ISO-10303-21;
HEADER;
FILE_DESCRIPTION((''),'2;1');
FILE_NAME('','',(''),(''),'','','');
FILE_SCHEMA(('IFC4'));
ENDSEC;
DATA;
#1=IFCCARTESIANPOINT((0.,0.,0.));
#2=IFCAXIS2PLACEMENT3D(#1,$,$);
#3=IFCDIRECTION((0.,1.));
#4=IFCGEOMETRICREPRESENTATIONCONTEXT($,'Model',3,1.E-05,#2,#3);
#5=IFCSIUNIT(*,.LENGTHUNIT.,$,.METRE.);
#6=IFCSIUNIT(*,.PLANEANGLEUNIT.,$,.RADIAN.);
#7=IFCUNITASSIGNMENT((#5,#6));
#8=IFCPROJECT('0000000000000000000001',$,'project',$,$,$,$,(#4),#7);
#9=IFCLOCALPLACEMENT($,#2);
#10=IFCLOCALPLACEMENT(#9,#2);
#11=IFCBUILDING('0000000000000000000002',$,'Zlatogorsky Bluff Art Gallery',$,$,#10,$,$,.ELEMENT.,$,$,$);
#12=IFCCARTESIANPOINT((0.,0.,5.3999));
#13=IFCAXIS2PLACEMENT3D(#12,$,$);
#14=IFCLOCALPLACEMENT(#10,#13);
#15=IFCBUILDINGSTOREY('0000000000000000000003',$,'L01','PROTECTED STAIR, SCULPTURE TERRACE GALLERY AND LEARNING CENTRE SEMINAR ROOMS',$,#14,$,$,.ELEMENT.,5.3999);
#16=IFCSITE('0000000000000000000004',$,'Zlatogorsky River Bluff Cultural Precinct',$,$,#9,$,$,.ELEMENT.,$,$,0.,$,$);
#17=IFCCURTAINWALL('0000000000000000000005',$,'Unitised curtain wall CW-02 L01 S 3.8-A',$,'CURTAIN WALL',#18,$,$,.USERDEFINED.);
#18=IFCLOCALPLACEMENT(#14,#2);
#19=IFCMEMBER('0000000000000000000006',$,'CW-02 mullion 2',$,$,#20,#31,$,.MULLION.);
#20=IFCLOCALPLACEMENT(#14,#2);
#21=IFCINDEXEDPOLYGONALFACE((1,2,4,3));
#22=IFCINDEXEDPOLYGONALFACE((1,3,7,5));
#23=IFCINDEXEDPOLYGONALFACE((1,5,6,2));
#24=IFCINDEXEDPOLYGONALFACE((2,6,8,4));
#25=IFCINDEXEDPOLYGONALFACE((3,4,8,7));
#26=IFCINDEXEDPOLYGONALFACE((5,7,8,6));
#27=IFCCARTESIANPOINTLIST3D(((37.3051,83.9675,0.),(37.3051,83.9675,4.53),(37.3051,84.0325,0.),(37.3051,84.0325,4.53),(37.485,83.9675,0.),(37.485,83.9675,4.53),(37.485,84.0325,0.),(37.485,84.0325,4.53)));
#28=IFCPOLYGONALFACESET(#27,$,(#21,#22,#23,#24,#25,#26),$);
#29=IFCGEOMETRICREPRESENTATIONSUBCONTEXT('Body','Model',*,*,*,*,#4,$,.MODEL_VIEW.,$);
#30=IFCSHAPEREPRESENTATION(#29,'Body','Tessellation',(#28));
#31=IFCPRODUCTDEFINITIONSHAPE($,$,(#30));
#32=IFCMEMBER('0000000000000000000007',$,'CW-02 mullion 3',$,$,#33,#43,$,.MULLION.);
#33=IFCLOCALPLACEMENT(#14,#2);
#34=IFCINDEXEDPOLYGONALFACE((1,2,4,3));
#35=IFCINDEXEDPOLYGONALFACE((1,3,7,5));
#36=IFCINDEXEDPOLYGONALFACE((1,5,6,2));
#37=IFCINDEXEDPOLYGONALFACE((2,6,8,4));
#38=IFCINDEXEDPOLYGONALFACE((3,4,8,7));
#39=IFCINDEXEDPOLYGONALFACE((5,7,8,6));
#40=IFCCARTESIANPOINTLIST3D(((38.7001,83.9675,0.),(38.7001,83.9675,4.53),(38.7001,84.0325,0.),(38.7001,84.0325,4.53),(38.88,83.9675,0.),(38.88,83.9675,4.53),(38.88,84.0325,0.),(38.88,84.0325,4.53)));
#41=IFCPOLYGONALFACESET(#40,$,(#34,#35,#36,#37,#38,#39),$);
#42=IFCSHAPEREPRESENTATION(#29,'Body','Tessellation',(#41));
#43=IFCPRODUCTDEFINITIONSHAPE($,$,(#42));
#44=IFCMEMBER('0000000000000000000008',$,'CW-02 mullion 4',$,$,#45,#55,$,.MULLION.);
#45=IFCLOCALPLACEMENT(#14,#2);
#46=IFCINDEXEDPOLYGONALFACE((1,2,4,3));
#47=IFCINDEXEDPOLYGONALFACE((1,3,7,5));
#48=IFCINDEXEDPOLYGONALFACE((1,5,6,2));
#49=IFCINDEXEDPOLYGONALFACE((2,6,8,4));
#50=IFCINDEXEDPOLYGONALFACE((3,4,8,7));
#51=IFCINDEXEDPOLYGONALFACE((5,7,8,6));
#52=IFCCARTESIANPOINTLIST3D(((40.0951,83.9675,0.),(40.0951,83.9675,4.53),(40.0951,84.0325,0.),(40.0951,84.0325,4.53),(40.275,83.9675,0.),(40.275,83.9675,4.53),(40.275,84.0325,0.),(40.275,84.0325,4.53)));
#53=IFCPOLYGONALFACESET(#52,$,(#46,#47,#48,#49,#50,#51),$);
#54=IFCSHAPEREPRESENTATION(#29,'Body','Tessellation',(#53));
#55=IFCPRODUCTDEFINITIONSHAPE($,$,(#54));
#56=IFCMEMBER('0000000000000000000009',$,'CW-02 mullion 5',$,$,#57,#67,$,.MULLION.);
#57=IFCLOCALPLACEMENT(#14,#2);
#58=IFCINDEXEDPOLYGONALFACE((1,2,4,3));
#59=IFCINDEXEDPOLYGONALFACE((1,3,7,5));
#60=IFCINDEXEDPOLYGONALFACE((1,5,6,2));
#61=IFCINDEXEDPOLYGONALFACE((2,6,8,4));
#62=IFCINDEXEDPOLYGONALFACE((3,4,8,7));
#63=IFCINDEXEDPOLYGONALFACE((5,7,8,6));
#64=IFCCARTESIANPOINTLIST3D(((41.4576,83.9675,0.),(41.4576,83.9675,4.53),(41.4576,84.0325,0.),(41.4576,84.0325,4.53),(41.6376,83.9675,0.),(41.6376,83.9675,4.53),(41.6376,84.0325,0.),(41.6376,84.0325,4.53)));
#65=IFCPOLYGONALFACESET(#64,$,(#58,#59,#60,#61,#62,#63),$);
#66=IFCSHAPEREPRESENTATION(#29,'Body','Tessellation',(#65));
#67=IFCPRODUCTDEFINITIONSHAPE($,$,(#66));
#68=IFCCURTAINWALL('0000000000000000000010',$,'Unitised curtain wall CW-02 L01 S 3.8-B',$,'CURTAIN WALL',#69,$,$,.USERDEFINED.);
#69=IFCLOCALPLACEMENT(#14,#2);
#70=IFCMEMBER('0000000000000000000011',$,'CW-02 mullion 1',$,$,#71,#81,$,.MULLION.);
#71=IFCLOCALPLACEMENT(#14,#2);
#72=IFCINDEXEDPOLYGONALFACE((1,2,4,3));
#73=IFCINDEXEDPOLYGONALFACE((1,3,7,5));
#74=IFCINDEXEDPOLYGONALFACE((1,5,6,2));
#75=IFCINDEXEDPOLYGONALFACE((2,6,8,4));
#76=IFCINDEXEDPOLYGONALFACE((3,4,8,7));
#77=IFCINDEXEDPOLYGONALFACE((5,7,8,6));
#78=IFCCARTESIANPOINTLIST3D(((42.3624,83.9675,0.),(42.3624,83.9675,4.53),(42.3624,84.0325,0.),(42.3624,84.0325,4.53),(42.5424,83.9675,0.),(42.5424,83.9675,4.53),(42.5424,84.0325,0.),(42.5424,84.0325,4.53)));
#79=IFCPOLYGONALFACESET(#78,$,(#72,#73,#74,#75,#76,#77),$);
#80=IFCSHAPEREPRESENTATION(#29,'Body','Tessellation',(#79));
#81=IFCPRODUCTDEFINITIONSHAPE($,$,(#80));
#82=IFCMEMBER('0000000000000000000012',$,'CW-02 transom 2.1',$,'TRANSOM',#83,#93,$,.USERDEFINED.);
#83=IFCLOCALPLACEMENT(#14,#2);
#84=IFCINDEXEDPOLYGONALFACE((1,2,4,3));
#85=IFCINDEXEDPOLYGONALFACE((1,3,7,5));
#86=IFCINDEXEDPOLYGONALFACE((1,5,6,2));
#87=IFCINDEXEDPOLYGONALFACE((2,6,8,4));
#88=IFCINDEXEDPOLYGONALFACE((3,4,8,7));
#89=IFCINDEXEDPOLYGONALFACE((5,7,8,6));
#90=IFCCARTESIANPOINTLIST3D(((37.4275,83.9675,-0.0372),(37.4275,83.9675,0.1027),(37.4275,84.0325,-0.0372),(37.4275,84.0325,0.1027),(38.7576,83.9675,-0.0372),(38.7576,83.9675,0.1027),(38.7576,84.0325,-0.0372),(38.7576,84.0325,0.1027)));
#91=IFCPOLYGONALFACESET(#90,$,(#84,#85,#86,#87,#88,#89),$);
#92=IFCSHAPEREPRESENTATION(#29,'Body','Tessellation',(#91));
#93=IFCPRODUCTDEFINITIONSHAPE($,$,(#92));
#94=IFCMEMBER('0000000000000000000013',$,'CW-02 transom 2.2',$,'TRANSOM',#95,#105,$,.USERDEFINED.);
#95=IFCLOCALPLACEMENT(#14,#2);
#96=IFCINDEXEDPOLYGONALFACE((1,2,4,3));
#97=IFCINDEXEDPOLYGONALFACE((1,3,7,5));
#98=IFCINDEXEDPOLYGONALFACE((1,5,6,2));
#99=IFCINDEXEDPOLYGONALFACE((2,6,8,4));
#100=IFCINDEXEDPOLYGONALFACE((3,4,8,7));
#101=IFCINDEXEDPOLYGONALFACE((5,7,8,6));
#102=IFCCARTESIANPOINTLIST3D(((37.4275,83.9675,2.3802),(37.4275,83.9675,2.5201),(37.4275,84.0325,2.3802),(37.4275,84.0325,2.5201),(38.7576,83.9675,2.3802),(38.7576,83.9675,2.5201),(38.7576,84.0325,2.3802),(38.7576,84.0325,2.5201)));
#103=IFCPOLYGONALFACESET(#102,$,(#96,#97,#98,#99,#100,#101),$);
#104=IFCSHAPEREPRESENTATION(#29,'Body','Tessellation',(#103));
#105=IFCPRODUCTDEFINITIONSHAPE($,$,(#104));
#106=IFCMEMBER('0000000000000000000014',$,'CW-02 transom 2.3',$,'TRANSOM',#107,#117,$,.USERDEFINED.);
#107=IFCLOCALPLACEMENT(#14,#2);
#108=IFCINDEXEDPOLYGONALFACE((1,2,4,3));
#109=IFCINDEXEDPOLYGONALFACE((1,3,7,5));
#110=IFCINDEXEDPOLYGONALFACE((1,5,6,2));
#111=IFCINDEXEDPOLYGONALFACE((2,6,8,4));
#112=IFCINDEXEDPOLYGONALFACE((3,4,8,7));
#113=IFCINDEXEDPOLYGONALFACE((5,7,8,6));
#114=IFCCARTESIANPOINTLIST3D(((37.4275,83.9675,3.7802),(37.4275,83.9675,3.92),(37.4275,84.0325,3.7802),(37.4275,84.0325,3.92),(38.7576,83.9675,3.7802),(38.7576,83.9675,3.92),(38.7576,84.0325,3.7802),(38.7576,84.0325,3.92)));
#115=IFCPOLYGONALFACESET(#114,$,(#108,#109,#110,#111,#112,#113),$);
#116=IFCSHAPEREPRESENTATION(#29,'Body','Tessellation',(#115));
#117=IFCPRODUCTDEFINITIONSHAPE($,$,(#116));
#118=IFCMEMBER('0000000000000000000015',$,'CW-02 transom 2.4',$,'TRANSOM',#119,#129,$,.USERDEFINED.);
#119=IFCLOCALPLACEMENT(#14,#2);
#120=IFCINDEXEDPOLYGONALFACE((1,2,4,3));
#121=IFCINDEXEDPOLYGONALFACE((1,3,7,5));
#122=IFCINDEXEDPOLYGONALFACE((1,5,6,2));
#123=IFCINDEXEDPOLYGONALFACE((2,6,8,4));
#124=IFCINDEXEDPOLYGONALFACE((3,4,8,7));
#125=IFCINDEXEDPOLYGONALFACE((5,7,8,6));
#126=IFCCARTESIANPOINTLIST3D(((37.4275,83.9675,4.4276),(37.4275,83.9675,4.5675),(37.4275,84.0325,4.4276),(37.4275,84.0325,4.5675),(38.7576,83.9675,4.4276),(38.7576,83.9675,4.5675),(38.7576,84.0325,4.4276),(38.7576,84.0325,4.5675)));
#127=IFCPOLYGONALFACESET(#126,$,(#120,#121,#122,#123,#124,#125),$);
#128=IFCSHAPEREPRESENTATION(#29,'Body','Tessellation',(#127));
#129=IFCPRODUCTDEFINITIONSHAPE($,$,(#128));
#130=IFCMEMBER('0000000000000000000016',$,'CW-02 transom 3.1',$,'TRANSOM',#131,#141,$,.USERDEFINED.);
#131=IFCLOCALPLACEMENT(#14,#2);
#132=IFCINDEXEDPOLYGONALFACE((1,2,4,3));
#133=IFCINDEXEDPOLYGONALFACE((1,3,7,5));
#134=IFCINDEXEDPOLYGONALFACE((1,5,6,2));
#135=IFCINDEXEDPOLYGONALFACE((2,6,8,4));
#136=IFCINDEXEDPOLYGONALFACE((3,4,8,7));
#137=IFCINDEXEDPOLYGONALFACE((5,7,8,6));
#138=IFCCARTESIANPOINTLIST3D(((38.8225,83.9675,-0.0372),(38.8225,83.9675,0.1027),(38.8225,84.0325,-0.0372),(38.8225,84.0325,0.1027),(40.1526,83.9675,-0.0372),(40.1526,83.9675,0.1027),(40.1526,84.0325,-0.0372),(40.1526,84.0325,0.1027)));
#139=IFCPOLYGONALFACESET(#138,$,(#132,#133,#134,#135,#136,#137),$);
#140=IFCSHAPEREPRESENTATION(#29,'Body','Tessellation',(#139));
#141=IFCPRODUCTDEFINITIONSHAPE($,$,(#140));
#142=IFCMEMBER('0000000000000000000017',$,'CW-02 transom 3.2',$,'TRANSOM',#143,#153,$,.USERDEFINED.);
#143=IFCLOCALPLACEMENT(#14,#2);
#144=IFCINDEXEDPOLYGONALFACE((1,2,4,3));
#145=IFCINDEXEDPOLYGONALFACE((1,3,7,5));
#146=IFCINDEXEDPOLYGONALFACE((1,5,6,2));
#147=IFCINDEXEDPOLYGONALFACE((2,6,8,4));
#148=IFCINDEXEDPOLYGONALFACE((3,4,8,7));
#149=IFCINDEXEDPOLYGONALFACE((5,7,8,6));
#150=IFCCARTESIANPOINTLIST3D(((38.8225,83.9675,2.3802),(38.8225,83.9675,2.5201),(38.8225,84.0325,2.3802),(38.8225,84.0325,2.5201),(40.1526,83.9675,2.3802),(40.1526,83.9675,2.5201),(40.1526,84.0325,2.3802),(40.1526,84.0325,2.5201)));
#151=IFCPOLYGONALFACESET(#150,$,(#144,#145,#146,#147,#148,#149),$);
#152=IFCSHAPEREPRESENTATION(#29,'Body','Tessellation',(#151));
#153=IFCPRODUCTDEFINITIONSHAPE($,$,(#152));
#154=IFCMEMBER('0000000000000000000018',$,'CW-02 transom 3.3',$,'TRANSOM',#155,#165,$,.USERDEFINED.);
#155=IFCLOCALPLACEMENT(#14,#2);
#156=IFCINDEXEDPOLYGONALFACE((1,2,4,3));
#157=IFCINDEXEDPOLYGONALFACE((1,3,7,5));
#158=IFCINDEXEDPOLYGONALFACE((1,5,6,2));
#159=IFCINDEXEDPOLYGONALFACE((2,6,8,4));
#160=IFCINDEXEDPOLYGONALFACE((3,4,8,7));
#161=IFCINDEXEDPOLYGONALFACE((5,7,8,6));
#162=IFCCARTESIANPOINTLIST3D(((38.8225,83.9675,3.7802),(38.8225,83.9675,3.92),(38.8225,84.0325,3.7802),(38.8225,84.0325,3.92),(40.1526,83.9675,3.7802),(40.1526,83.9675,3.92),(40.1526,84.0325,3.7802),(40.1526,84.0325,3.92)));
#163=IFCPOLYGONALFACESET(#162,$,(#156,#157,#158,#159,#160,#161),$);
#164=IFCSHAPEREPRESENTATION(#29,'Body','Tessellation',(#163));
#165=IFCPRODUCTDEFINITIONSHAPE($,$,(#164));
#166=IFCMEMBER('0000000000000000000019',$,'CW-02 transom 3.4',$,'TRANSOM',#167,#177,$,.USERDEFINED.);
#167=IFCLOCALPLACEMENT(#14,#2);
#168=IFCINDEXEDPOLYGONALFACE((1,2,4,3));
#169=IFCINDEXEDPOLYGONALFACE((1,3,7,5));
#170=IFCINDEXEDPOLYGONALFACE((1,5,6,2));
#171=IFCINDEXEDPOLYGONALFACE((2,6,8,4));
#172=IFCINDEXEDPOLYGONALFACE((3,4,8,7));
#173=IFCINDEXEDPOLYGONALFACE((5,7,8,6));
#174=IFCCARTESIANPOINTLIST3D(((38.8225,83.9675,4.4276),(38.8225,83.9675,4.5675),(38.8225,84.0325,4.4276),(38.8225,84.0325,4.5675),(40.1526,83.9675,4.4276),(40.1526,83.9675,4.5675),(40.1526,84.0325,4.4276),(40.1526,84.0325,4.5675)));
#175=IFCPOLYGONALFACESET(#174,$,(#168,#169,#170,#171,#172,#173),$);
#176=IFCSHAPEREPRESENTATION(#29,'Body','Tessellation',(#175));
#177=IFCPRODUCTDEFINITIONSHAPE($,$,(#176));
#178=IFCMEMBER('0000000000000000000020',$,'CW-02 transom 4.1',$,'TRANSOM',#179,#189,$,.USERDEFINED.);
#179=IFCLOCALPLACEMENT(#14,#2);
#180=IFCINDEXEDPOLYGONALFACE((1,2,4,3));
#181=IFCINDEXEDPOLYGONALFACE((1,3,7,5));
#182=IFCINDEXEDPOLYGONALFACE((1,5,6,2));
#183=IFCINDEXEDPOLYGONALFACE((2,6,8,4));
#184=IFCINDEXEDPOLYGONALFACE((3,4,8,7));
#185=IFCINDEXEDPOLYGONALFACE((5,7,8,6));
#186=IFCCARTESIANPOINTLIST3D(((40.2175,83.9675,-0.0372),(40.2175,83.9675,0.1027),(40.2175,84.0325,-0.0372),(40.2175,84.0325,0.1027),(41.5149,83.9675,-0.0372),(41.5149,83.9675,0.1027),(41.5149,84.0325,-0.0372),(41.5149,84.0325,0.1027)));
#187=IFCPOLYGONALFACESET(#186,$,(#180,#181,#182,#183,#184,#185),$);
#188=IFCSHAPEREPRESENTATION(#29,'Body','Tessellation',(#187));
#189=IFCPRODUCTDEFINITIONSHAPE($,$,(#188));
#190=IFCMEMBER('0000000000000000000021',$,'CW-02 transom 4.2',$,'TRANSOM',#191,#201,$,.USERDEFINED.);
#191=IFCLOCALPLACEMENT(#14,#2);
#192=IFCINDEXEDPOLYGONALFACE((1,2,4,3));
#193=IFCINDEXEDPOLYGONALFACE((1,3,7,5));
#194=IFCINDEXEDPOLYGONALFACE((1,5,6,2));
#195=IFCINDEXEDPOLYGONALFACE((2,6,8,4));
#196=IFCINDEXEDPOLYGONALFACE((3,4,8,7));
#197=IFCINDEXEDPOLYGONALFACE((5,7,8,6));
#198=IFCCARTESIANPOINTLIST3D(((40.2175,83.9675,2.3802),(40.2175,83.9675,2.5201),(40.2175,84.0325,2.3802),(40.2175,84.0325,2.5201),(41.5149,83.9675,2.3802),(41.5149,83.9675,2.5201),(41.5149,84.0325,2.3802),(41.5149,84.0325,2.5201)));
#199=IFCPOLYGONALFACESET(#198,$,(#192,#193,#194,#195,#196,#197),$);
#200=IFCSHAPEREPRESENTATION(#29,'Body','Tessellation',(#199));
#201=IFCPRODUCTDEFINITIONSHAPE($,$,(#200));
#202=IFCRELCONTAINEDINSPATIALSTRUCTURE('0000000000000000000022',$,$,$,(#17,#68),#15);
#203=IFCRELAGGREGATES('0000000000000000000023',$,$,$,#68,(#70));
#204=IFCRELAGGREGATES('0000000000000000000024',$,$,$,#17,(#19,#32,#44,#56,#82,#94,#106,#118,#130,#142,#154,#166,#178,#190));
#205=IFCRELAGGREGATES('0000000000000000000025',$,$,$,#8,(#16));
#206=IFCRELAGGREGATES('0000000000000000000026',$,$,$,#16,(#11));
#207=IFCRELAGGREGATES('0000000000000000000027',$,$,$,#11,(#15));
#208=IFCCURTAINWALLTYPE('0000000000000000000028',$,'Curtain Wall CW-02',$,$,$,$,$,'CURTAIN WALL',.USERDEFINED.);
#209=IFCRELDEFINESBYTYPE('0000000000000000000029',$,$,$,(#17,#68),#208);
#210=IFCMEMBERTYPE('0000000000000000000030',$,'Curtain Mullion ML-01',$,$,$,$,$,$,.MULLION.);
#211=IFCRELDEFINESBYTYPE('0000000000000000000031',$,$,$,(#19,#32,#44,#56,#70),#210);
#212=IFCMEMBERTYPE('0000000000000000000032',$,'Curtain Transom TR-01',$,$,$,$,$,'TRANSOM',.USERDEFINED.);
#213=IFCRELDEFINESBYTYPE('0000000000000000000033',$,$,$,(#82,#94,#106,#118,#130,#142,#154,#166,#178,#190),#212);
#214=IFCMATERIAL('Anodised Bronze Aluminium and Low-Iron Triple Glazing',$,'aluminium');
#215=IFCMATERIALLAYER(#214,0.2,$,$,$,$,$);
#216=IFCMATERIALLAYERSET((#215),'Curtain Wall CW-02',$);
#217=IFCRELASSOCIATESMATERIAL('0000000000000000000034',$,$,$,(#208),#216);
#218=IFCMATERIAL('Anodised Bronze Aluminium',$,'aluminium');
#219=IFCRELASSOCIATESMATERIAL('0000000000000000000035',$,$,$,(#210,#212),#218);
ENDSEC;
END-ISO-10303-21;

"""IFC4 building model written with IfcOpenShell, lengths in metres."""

from ifc_helpers import new_model, si_unit, direction, frame, origin, origin_2d, place, context, subcontext, project, spatial, rectangle, extrude, material, layer, layer_set, material_profile, profile_set, type_object, element, aggregate, save


model = new_model("IFC4")

# Units and contexts
model_context = context("Model", 3, precision=1e-05, world=origin(), true_north=direction((0.0, 1.0)))
body_context = subcontext(model_context, "Body", "Model", "MODEL_VIEW")
ifc_project = project(units=[si_unit("LENGTHUNIT", "METRE"), si_unit("PLANEANGLEUNIT", "RADIAN")], contexts=[model_context])

# Site, building, storey
site_placement = place(None, origin())
site = spatial("IfcSite", under=ifc_project, at=site_placement, Name="Zlatogorsky River Bluff Cultural Precinct", CompositionType="ELEMENT", RefElevation=0.0)
building_placement = place(site_placement, origin())
building = spatial("IfcBuilding", under=site, at=building_placement, Name="Zlatogorsky Bluff Art Gallery", CompositionType="ELEMENT")
storey_placement = place(building_placement, frame((0.0, 0.0, 5.3999)))
storey = spatial("IfcBuildingStorey", under=building, at=storey_placement, Name="L01", Description="PROTECTED STAIR, SCULPTURE TERRACE GALLERY AND LEARNING CENTRE SEMINAR ROOMS", CompositionType="ELEMENT", Elevation=5.3999)

# Curtain wall, members
ifc_material_1 = material(Name="Anodised Bronze Aluminium and Low-Iron Triple Glazing", Category="aluminium")
ifc_layer_1 = layer(ifc_material_1, 0.2)
ifc_layer_set_1 = layer_set([ifc_layer_1], Name="Curtain Wall CW-02")
curtain_wall_type = type_object("IfcCurtainWallType", Name="Curtain Wall CW-02", ElementType="CURTAIN WALL", PredefinedType="USERDEFINED", material=ifc_layer_set_1)
curtain_wall_1_placement = place(storey_placement, origin())
curtain_wall_1 = element("IfcCurtainWall", 1, at=curtain_wall_1_placement, inside=storey, type_object=curtain_wall_type, Name="Unitised curtain wall CW-02 L01 S 3.8-A", ObjectType="CURTAIN WALL", PredefinedType="USERDEFINED")
ifc_material_2 = material(Name="Anodised Bronze Aluminium", Category="aluminium")
ifc_material_profile_1 = material_profile(ifc_material_2, rectangle(XDim=0.0649, YDim=0.1799, at=origin_2d()), Name="ALU MULLION 65x180")
ifc_profile_set_1 = profile_set([ifc_material_profile_1], Name="Anodised Bronze Aluminium")
member_type_1 = type_object("IfcMemberType", Name="Curtain Mullion ML-01", PredefinedType="MULLION", material=ifc_profile_set_1)
member_1_placement = place(storey_placement, frame((37.395, 84.0, 0.0), z_axis=(0.0, 0.0, 1.0), x_axis=(0.0, 1.0, 0.0)))
member_1 = element("IfcMember", 2, at=member_1_placement, type_object=member_type_1, Name="CW-02 mullion 2", PredefinedType="MULLION", context=body_context, shape_type="SweptSolid", body=[
    extrude(rectangle(XDim=0.0649, YDim=0.1799, at=origin_2d()), origin(), (0.0, 0.0, 1.0), 4.53),
])
member_2_placement = place(storey_placement, frame((38.79, 84.0, 0.0), z_axis=(0.0, 0.0, 1.0), x_axis=(0.0, 1.0, 0.0)))
member_2 = element("IfcMember", 3, at=member_2_placement, type_object=member_type_1, Name="CW-02 mullion 3", PredefinedType="MULLION", context=body_context, shape_type="SweptSolid", body=[
    extrude(rectangle(XDim=0.0649, YDim=0.1799, at=origin_2d()), origin(), (0.0, 0.0, 1.0), 4.53),
])
member_3_placement = place(storey_placement, frame((40.1851, 84.0, 0.0), z_axis=(0.0, 0.0, 1.0), x_axis=(0.0, 1.0, 0.0)))
member_3 = element("IfcMember", 4, at=member_3_placement, type_object=member_type_1, Name="CW-02 mullion 4", PredefinedType="MULLION", context=body_context, shape_type="SweptSolid", body=[
    extrude(rectangle(XDim=0.0649, YDim=0.1799, at=origin_2d()), origin(), (0.0, 0.0, 1.0), 4.53),
])
member_4_placement = place(storey_placement, frame((41.5476, 84.0, 0.0), z_axis=(0.0, 0.0, 1.0), x_axis=(0.0, 1.0, 0.0)))
member_4 = element("IfcMember", 5, at=member_4_placement, type_object=member_type_1, Name="CW-02 mullion 5", PredefinedType="MULLION", context=body_context, shape_type="SweptSolid", body=[
    extrude(rectangle(XDim=0.0649, YDim=0.1799, at=origin_2d()), origin(), (0.0, 0.0, 1.0), 4.53),
])

# Curtain wall, member
curtain_wall_2_placement = place(storey_placement, origin())
curtain_wall_2 = element("IfcCurtainWall", 6, at=curtain_wall_2_placement, inside=storey, type_object=curtain_wall_type, Name="Unitised curtain wall CW-02 L01 S 3.8-B", ObjectType="CURTAIN WALL", PredefinedType="USERDEFINED")
member_5_placement = place(storey_placement, frame((42.4524, 84.0, 0.0), z_axis=(0.0, 0.0, 1.0), x_axis=(0.0, 1.0, 0.0)))
member_5 = element("IfcMember", 7, at=member_5_placement, type_object=member_type_1, Name="CW-02 mullion 1", PredefinedType="MULLION", context=body_context, shape_type="SweptSolid", body=[
    extrude(rectangle(XDim=0.0649, YDim=0.1799, at=origin_2d()), origin(), (0.0, 0.0, 1.0), 4.53),
])

# Members
ifc_material_profile_2 = material_profile(ifc_material_2, rectangle(XDim=0.0649, YDim=0.1399, at=origin_2d()), Name="ALU TRANSOM 65x140")
ifc_profile_set_2 = profile_set([ifc_material_profile_2], Name="Anodised Bronze Aluminium")
member_type_2 = type_object("IfcMemberType", Name="Curtain Transom TR-01", ElementType="TRANSOM", PredefinedType="USERDEFINED", material=ifc_profile_set_2)
member_6_placement = place(storey_placement, frame((37.4275, 84.0, 0.0327), z_axis=(1.0, 0.0, 0.0), x_axis=(0.0, 1.0, 0.0)))
member_6 = element("IfcMember", 8, at=member_6_placement, type_object=member_type_2, Name="CW-02 transom 2.1", ObjectType="TRANSOM", PredefinedType="USERDEFINED", context=body_context, shape_type="SweptSolid", body=[
    extrude(rectangle(XDim=0.0649, YDim=0.1399, at=origin_2d()), origin(), (0.0, 0.0, 1.0), 1.3301),
])
member_7_placement = place(storey_placement, frame((37.4275, 84.0, 2.4502), z_axis=(1.0, 0.0, 0.0), x_axis=(0.0, 1.0, 0.0)))
member_7 = element("IfcMember", 9, at=member_7_placement, type_object=member_type_2, Name="CW-02 transom 2.2", ObjectType="TRANSOM", PredefinedType="USERDEFINED", context=body_context, shape_type="SweptSolid", body=[
    extrude(rectangle(XDim=0.0649, YDim=0.1399, at=origin_2d()), origin(), (0.0, 0.0, 1.0), 1.3301),
])
member_8_placement = place(storey_placement, frame((37.4275, 84.0, 3.8501), z_axis=(1.0, 0.0, 0.0), x_axis=(0.0, 1.0, 0.0)))
member_8 = element("IfcMember", 10, at=member_8_placement, type_object=member_type_2, Name="CW-02 transom 2.3", ObjectType="TRANSOM", PredefinedType="USERDEFINED", context=body_context, shape_type="SweptSolid", body=[
    extrude(rectangle(XDim=0.0649, YDim=0.1399, at=origin_2d()), origin(), (0.0, 0.0, 1.0), 1.3301),
])
member_9_placement = place(storey_placement, frame((37.4275, 84.0, 4.4976), z_axis=(1.0, 0.0, 0.0), x_axis=(0.0, 1.0, 0.0)))
member_9 = element("IfcMember", 11, at=member_9_placement, type_object=member_type_2, Name="CW-02 transom 2.4", ObjectType="TRANSOM", PredefinedType="USERDEFINED", context=body_context, shape_type="SweptSolid", body=[
    extrude(rectangle(XDim=0.0649, YDim=0.1399, at=origin_2d()), origin(), (0.0, 0.0, 1.0), 1.3301),
])
member_10_placement = place(storey_placement, frame((38.8225, 84.0, 0.0327), z_axis=(1.0, 0.0, 0.0), x_axis=(0.0, 1.0, 0.0)))
member_10 = element("IfcMember", 12, at=member_10_placement, type_object=member_type_2, Name="CW-02 transom 3.1", ObjectType="TRANSOM", PredefinedType="USERDEFINED", context=body_context, shape_type="SweptSolid", body=[
    extrude(rectangle(XDim=0.0649, YDim=0.1399, at=origin_2d()), origin(), (0.0, 0.0, 1.0), 1.3301),
])
member_11_placement = place(storey_placement, frame((38.8225, 84.0, 2.4502), z_axis=(1.0, 0.0, 0.0), x_axis=(0.0, 1.0, 0.0)))
member_11 = element("IfcMember", 13, at=member_11_placement, type_object=member_type_2, Name="CW-02 transom 3.2", ObjectType="TRANSOM", PredefinedType="USERDEFINED", context=body_context, shape_type="SweptSolid", body=[
    extrude(rectangle(XDim=0.0649, YDim=0.1399, at=origin_2d()), origin(), (0.0, 0.0, 1.0), 1.3301),
])
member_12_placement = place(storey_placement, frame((38.8225, 84.0, 3.8501), z_axis=(1.0, 0.0, 0.0), x_axis=(0.0, 1.0, 0.0)))
member_12 = element("IfcMember", 14, at=member_12_placement, type_object=member_type_2, Name="CW-02 transom 3.3", ObjectType="TRANSOM", PredefinedType="USERDEFINED", context=body_context, shape_type="SweptSolid", body=[
    extrude(rectangle(XDim=0.0649, YDim=0.1399, at=origin_2d()), origin(), (0.0, 0.0, 1.0), 1.3301),
])
member_13_placement = place(storey_placement, frame((38.8225, 84.0, 4.4976), z_axis=(1.0, 0.0, 0.0), x_axis=(0.0, 1.0, 0.0)))
member_13 = element("IfcMember", 15, at=member_13_placement, type_object=member_type_2, Name="CW-02 transom 3.4", ObjectType="TRANSOM", PredefinedType="USERDEFINED", context=body_context, shape_type="SweptSolid", body=[
    extrude(rectangle(XDim=0.0649, YDim=0.1399, at=origin_2d()), origin(), (0.0, 0.0, 1.0), 1.3301),
])
member_14_placement = place(storey_placement, frame((40.2175, 84.0, 0.0327), z_axis=(1.0, 0.0, 0.0), x_axis=(0.0, 1.0, 0.0)))
member_14 = element("IfcMember", 16, at=member_14_placement, type_object=member_type_2, Name="CW-02 transom 4.1", ObjectType="TRANSOM", PredefinedType="USERDEFINED", context=body_context, shape_type="SweptSolid", body=[
    extrude(rectangle(XDim=0.0649, YDim=0.1399, at=origin_2d()), origin(), (0.0, 0.0, 1.0), 1.2974),
])
member_15_placement = place(storey_placement, frame((40.2175, 84.0, 2.4502), z_axis=(1.0, 0.0, 0.0), x_axis=(0.0, 1.0, 0.0)))
member_15 = element("IfcMember", 17, at=member_15_placement, type_object=member_type_2, Name="CW-02 transom 4.2", ObjectType="TRANSOM", PredefinedType="USERDEFINED", context=body_context, shape_type="SweptSolid", body=[
    extrude(rectangle(XDim=0.0649, YDim=0.1399, at=origin_2d()), origin(), (0.0, 0.0, 1.0), 1.2974),
])
aggregate(curtain_wall_2, [member_5])

aggregate(curtain_wall_1, [member_1, member_2, member_3, member_4, member_6, member_7, member_8, member_9, member_10, member_11, member_12, member_13, member_14, member_15])

save(model, "model.ifc")
